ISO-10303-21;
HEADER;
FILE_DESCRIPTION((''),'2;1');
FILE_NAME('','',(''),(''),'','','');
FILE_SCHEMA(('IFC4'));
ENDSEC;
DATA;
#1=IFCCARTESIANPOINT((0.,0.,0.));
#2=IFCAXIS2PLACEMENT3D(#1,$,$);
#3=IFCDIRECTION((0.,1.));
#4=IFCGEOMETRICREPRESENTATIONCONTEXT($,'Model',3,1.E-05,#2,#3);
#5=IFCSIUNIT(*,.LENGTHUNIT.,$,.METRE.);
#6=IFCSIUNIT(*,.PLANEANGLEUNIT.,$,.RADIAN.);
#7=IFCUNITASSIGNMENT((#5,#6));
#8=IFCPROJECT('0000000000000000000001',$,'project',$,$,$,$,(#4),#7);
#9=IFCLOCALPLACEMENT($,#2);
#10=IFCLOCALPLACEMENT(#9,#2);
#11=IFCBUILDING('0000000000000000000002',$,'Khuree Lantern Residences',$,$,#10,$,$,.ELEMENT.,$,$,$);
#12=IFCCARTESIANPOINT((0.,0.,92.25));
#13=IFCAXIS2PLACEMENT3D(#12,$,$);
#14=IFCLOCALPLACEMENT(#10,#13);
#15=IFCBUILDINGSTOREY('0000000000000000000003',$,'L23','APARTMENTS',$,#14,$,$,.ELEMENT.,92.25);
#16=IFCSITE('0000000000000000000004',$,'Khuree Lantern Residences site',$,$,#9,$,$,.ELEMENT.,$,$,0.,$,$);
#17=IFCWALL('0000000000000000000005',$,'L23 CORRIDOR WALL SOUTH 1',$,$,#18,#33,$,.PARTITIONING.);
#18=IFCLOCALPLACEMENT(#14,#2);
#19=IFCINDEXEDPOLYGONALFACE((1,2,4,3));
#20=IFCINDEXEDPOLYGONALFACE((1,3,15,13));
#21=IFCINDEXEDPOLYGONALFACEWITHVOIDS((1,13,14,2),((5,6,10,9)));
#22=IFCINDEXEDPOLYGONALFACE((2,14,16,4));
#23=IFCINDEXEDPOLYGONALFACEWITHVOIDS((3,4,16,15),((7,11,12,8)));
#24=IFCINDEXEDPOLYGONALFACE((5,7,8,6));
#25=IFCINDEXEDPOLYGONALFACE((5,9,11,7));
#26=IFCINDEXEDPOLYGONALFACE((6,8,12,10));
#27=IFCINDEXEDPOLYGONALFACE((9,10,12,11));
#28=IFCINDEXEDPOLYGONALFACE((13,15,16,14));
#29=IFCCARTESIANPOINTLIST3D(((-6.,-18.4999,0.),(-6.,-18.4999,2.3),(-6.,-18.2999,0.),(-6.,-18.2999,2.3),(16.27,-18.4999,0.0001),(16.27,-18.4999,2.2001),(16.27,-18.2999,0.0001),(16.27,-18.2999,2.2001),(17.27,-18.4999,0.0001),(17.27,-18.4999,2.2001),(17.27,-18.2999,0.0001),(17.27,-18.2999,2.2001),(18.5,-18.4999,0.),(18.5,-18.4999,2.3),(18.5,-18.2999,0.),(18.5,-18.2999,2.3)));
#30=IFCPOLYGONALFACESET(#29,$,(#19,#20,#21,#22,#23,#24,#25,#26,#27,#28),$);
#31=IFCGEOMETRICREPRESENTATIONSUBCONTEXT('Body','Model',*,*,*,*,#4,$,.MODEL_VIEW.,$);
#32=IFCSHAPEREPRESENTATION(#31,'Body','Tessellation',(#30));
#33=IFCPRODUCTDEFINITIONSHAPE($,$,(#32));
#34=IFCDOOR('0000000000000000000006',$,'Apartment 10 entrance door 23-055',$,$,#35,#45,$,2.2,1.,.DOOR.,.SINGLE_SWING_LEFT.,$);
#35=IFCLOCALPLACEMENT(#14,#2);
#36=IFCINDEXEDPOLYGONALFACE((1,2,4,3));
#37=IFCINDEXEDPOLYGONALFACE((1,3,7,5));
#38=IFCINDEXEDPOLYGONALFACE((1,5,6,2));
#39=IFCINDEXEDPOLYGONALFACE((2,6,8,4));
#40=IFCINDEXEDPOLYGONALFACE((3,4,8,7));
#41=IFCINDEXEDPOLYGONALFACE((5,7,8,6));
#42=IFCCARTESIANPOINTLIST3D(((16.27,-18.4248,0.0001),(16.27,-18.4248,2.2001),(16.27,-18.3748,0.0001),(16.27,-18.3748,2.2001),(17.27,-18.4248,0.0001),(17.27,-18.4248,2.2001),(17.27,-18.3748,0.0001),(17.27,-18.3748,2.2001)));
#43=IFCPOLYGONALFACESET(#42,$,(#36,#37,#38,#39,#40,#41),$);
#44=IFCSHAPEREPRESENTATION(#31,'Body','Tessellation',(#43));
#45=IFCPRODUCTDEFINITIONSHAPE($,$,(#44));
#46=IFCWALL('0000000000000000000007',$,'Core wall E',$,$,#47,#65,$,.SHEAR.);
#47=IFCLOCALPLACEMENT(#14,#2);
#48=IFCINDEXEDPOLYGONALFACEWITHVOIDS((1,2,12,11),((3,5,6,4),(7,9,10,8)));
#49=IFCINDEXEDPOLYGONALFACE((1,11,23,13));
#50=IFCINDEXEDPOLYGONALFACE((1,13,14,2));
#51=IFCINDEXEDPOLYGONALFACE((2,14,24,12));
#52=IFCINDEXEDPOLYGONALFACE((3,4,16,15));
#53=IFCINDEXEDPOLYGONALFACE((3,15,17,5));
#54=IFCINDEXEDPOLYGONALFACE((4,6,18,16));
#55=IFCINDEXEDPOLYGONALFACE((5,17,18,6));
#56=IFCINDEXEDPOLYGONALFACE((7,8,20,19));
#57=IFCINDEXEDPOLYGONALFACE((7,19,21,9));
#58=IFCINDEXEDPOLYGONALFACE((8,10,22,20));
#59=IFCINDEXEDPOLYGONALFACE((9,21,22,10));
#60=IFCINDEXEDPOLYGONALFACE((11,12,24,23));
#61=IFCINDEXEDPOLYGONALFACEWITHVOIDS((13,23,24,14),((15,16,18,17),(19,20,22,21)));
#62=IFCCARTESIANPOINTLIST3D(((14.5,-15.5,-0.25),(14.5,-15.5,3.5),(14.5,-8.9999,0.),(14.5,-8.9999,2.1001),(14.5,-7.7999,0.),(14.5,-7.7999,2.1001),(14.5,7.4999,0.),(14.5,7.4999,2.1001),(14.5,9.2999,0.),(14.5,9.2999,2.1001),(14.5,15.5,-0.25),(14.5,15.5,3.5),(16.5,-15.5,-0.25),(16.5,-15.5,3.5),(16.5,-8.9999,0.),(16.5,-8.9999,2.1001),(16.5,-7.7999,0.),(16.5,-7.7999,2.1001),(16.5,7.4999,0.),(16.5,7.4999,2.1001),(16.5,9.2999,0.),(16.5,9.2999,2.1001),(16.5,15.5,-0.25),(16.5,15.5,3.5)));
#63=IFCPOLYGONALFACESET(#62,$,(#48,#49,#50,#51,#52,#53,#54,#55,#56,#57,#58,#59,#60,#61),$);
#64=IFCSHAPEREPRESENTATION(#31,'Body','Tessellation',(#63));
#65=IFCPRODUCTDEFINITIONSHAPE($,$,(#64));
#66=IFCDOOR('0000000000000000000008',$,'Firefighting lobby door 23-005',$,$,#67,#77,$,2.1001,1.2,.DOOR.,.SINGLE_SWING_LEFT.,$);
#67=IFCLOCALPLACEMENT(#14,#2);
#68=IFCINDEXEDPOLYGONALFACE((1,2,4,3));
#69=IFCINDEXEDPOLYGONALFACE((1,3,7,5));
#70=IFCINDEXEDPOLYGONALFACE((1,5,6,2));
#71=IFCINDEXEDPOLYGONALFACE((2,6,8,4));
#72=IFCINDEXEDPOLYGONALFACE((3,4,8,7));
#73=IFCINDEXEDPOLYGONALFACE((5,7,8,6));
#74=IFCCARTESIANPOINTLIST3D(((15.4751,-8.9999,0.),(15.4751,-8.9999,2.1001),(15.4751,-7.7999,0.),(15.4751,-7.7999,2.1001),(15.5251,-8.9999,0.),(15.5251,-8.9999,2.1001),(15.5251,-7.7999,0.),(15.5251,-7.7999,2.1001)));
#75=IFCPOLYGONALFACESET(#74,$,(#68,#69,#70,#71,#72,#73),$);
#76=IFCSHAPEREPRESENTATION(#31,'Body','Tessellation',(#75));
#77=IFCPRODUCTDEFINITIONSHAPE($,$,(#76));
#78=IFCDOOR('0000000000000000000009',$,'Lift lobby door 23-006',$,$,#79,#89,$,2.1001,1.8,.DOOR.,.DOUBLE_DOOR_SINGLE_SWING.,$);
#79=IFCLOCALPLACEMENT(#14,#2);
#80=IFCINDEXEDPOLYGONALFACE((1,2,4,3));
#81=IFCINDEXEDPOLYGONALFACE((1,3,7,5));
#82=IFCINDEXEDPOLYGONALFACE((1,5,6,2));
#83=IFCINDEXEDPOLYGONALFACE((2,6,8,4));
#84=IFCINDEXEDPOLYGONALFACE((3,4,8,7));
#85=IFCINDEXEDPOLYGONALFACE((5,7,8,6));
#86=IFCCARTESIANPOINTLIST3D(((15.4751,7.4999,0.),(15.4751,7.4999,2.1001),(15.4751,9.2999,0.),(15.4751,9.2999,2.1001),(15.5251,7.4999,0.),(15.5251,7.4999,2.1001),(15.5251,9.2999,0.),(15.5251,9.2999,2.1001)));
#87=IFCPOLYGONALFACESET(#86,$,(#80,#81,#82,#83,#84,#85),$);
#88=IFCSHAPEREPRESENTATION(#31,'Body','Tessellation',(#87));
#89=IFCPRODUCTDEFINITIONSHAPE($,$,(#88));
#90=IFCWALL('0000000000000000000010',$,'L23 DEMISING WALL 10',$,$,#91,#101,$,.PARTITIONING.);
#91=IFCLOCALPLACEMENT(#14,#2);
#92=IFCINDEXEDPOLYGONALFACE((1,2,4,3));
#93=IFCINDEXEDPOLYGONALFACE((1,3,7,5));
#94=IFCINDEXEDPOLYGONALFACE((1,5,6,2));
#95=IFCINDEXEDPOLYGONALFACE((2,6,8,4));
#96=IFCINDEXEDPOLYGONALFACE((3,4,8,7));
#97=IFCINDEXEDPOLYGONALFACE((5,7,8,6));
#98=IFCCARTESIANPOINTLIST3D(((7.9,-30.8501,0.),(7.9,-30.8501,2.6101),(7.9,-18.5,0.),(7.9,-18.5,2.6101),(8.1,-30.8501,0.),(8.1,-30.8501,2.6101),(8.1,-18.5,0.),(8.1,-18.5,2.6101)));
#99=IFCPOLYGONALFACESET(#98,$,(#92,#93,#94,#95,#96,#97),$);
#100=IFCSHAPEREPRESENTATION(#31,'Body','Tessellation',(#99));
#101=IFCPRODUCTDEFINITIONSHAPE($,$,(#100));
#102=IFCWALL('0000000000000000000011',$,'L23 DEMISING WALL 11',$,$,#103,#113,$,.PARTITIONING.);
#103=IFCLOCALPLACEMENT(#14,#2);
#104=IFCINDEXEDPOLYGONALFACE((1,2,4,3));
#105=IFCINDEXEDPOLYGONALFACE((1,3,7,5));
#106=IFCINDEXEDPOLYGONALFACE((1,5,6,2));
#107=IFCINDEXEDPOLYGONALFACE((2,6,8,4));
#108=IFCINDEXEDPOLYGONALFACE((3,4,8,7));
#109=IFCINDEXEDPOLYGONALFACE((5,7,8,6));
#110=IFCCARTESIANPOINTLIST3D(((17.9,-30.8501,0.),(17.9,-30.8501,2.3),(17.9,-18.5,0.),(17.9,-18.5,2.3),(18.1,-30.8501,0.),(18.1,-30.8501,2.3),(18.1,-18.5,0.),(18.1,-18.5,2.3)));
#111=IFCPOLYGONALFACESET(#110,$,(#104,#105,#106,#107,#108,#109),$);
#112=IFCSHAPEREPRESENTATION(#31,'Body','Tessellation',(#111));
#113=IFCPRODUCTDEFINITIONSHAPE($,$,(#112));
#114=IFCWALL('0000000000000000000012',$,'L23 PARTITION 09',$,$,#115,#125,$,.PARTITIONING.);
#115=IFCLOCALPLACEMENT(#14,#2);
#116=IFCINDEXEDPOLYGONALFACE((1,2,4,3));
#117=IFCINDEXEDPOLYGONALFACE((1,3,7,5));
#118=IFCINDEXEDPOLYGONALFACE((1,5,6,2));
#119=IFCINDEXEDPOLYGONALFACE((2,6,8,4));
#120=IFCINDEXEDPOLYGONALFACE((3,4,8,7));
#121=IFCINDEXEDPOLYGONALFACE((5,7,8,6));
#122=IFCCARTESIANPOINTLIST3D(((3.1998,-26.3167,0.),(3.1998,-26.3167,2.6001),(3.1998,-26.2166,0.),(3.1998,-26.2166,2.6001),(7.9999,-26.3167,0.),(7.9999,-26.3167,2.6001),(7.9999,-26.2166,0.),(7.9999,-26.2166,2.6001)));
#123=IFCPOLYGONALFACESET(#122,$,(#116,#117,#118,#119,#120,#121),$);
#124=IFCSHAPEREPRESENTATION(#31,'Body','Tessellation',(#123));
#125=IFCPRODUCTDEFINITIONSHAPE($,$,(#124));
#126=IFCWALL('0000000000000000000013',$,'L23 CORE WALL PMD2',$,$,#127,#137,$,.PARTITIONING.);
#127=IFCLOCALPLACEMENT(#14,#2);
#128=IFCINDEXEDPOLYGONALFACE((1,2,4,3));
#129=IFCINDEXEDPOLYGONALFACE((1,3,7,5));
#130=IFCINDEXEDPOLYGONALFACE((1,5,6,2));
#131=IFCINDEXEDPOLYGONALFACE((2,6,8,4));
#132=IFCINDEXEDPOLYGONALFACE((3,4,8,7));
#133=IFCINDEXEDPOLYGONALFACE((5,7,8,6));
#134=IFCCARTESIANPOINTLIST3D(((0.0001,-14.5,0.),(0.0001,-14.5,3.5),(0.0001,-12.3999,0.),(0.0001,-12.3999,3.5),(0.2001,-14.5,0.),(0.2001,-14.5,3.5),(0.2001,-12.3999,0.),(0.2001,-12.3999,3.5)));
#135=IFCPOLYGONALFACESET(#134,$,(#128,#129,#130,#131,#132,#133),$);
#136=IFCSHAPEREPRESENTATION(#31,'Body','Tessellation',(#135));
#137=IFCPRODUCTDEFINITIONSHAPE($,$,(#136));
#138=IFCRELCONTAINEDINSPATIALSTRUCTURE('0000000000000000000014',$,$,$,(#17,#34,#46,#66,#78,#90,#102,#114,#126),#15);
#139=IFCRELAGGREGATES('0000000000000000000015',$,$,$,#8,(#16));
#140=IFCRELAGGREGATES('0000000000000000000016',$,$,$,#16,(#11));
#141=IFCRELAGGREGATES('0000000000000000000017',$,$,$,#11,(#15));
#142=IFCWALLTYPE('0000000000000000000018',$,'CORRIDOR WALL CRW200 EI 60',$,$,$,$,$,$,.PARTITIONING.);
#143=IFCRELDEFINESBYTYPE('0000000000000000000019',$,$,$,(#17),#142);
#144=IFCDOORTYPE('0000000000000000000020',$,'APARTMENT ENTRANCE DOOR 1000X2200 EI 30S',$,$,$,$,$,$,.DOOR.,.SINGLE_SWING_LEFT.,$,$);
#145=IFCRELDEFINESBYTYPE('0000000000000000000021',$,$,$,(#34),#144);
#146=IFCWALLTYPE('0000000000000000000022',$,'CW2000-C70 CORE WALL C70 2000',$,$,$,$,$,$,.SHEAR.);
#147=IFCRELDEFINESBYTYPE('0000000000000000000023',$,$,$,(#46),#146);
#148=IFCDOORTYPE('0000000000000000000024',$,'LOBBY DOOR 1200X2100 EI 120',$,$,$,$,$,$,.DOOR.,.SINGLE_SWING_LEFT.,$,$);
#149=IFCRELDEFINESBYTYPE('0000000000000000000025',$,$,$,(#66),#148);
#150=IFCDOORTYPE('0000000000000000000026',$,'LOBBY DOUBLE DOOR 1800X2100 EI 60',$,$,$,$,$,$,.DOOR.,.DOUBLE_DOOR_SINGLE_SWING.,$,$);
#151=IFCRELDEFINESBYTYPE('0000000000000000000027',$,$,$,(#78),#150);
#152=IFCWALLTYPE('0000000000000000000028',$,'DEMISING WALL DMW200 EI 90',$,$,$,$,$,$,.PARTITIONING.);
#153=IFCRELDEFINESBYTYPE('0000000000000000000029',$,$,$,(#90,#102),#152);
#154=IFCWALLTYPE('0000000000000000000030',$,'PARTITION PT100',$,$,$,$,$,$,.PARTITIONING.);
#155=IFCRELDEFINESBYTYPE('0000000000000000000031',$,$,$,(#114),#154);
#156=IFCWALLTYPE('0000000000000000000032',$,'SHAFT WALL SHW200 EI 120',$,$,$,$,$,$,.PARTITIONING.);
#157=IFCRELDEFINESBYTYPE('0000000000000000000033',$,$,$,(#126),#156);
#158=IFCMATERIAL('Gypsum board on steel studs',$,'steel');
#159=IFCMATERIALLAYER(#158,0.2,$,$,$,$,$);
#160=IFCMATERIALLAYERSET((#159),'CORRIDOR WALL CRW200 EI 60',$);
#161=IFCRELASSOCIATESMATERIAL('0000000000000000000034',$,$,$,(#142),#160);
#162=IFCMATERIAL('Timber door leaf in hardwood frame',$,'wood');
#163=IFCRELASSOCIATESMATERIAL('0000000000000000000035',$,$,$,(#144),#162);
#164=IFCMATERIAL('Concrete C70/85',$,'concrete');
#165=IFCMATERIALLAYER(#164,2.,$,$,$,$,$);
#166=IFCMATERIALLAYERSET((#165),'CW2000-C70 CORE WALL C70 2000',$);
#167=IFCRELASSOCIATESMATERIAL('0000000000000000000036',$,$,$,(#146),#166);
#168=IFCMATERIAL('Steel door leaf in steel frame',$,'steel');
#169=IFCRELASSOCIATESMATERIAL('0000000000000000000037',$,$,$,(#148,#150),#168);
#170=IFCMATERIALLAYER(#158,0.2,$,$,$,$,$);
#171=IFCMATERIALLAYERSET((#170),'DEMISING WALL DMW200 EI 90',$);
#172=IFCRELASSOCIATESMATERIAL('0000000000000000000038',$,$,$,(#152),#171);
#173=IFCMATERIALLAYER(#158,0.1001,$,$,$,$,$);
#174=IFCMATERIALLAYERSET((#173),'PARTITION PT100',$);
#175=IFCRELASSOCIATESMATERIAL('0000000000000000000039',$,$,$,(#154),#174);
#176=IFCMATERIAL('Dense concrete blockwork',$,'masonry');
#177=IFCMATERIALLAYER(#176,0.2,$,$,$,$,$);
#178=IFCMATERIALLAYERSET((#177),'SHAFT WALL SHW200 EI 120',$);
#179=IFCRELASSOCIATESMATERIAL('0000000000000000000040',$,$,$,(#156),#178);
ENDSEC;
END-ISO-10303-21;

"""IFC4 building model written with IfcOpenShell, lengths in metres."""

from ifc_helpers import new_model, si_unit, direction, frame, frame_2d, origin, place, context, subcontext, project, spatial, rectangle, extrude, material, layer, layer_set, type_object, element, fill, save


model = new_model("IFC4")

# Units and contexts
model_context = context("Model", 3, precision=1e-05, world=origin(), true_north=direction((0.0, 1.0)))
body_context = subcontext(model_context, "Body", "Model", "MODEL_VIEW")
ifc_project = project(units=[si_unit("LENGTHUNIT", "METRE"), si_unit("PLANEANGLEUNIT", "RADIAN")], contexts=[model_context])

# Site, building, storey
site_placement = place(None, origin())
site = spatial("IfcSite", under=ifc_project, at=site_placement, Name="Khuree Lantern Residences site", CompositionType="ELEMENT", RefElevation=0.0)
building_placement = place(site_placement, origin())
building = spatial("IfcBuilding", under=site, at=building_placement, Name="Khuree Lantern Residences", CompositionType="ELEMENT")
storey_placement = place(building_placement, frame((0.0, 0.0, 92.25)))
storey = spatial("IfcBuildingStorey", under=building, at=storey_placement, Name="L23", Description="APARTMENTS", CompositionType="ELEMENT", Elevation=92.25)

# Shared definitions
ifc_material_1 = material(Name="Concrete C70/85", Category="concrete")

# Shared definitions
ifc_material_2 = material(Name="Timber door leaf in hardwood frame", Category="wood")

# Shared definitions
ifc_material_3 = material(Name="Gypsum board on steel studs", Category="steel")
ifc_layer_1 = layer(ifc_material_3, 0.2)
ifc_layer_set_1 = layer_set([ifc_layer_1], Name="CORRIDOR WALL CRW200 EI 60")
wall_type_1 = type_object("IfcWallType", Name="CORRIDOR WALL CRW200 EI 60", PredefinedType="PARTITIONING", material=ifc_layer_set_1)
door_type_1 = type_object("IfcDoorType", Name="APARTMENT ENTRANCE DOOR 1000X2200 EI 30S", OperationType="SINGLE_SWING_LEFT", PredefinedType="DOOR", material=ifc_material_2)

# Wall, opening, door
wall_1_placement = place(storey_placement, frame((18.5, -18.3999, 0.0), z_axis=(0.0, 0.0, 1.0), x_axis=(-1.0, 0.0, 0.0)))
wall_1 = element("IfcWall", 1, at=wall_1_placement, inside=storey, type_object=wall_type_1, Name="L23 CORRIDOR WALL SOUTH 1", PredefinedType="PARTITIONING", context=body_context, shape_type="SweptSolid", body=[
    extrude(rectangle(XDim=24.5, YDim=0.2, at=frame_2d((12.25, 0.0))), origin(), (0.0, 0.0, 1.0), 2.3),
])
opening_1_placement = place(wall_1_placement, frame((1.23, 0.0, 0.0)))
opening_1 = element("IfcOpeningElement", 2, at=opening_1_placement, cuts=wall_1, PredefinedType="OPENING", context=body_context, shape_type="SweptSolid", body=[
    extrude(rectangle(XDim=1.0, YDim=2.2, at=frame_2d((0.5, 1.1001))), frame((0.0, 0.1099, 0.0), z_axis=(0.0, -1.0, 0.0), x_axis=(1.0, 0.0, 0.0)), (0.0, 0.0, 1.0), 0.22),
])
door_1_placement = place(opening_1_placement, origin())
door_1 = element("IfcDoor", 3, at=door_1_placement, inside=storey, type_object=door_type_1, Name="Apartment 10 entrance door 23-055", OperationType="SINGLE_SWING_LEFT", OverallHeight=2.2, OverallWidth=1.0, PredefinedType="DOOR", context=body_context, shape_type="SweptSolid", body=[
    extrude(rectangle(XDim=1.0, YDim=2.2, at=frame_2d((0.5, 1.1001))), frame((0.0, 0.0249, 0.0), z_axis=(0.0, -1.0, 0.0), x_axis=(1.0, 0.0, 0.0)), (0.0, 0.0, 1.0), 0.05),
])
fill(opening_1, door_1)

# Wall, openings, doors
ifc_layer_2 = layer(ifc_material_1, 2.0)
ifc_layer_set_2 = layer_set([ifc_layer_2], Name="CW2000-C70 CORE WALL C70 2000")
wall_type_2 = type_object("IfcWallType", Name="CW2000-C70 CORE WALL C70 2000", PredefinedType="SHEAR", material=ifc_layer_set_2)
wall_2_placement = place(storey_placement, frame((15.5, -15.5, -0.25), z_axis=(0.0, 0.0, 1.0), x_axis=(0.0, 1.0, 0.0)))
wall_2 = element("IfcWall", 4, at=wall_2_placement, inside=storey, type_object=wall_type_2, Name="Core wall E", PredefinedType="SHEAR", context=body_context, shape_type="SweptSolid", body=[
    extrude(rectangle(XDim=31.0, YDim=2.0, at=frame_2d((15.5, 0.0))), origin(), (0.0, 0.0, 1.0), 3.75),
])
opening_2_placement = place(wall_2_placement, frame((6.5, 0.0, 0.25)))
opening_2 = element("IfcOpeningElement", 5, at=opening_2_placement, cuts=wall_2, PredefinedType="OPENING", context=body_context, shape_type="SweptSolid", body=[
    extrude(rectangle(XDim=1.2, YDim=2.1001, at=frame_2d((0.6001, 1.05))), frame((0.0, 1.01, 0.0), z_axis=(0.0, -1.0, 0.0), x_axis=(1.0, 0.0, 0.0)), (0.0, 0.0, 1.0), 2.02),
])
opening_3_placement = place(wall_2_placement, frame((23.0, 0.0, 0.25)))
opening_3 = element("IfcOpeningElement", 6, at=opening_3_placement, cuts=wall_2, PredefinedType="OPENING", context=body_context, shape_type="SweptSolid", body=[
    extrude(rectangle(XDim=1.8, YDim=2.1001, at=frame_2d((0.8999, 1.05))), frame((0.0, 1.01, 0.0), z_axis=(0.0, -1.0, 0.0), x_axis=(1.0, 0.0, 0.0)), (0.0, 0.0, 1.0), 2.02),
])
ifc_material_4 = material(Name="Steel door leaf in steel frame", Category="steel")
door_type_2 = type_object("IfcDoorType", Name="LOBBY DOOR 1200X2100 EI 120", OperationType="SINGLE_SWING_LEFT", PredefinedType="DOOR", material=ifc_material_4)
door_2_placement = place(opening_2_placement, origin())
door_2 = element("IfcDoor", 7, at=door_2_placement, inside=storey, type_object=door_type_2, Name="Firefighting lobby door 23-005", OperationType="SINGLE_SWING_LEFT", OverallHeight=2.1001, OverallWidth=1.2, PredefinedType="DOOR", context=body_context, shape_type="SweptSolid", body=[
    extrude(rectangle(XDim=1.2, YDim=2.1001, at=frame_2d((0.6001, 1.05))), frame((0.0, 0.0249, 0.0), z_axis=(0.0, -1.0, 0.0), x_axis=(1.0, 0.0, 0.0)), (0.0, 0.0, 1.0), 0.05),
])
fill(opening_2, door_2)
door_type_3 = type_object("IfcDoorType", Name="LOBBY DOUBLE DOOR 1800X2100 EI 60", OperationType="DOUBLE_DOOR_SINGLE_SWING", PredefinedType="DOOR", material=ifc_material_4)
door_3_placement = place(opening_3_placement, origin())
door_3 = element("IfcDoor", 8, at=door_3_placement, inside=storey, type_object=door_type_3, Name="Lift lobby door 23-006", OperationType="DOUBLE_DOOR_SINGLE_SWING", OverallHeight=2.1001, OverallWidth=1.8, PredefinedType="DOOR", context=body_context, shape_type="SweptSolid", body=[
    extrude(rectangle(XDim=1.8, YDim=2.1001, at=frame_2d((0.8999, 1.05))), frame((0.0, 0.0249, 0.0), z_axis=(0.0, -1.0, 0.0), x_axis=(1.0, 0.0, 0.0)), (0.0, 0.0, 1.0), 0.05),
])
fill(opening_3, door_3)

# Walls
ifc_layer_3 = layer(ifc_material_3, 0.2)
ifc_layer_set_3 = layer_set([ifc_layer_3], Name="DEMISING WALL DMW200 EI 90")
wall_type_3 = type_object("IfcWallType", Name="DEMISING WALL DMW200 EI 90", PredefinedType="PARTITIONING", material=ifc_layer_set_3)
wall_3_placement = place(storey_placement, frame((8.0, -18.5, 0.0), z_axis=(0.0, 0.0, 1.0), x_axis=(0.0, -1.0, 0.0)))
element("IfcWall", 9, at=wall_3_placement, inside=storey, type_object=wall_type_3, Name="L23 DEMISING WALL 10", PredefinedType="PARTITIONING", context=body_context, shape_type="SweptSolid", body=[
    extrude(rectangle(XDim=12.3501, YDim=0.2, at=frame_2d((6.175, 0.0))), origin(), (0.0, 0.0, 1.0), 2.6101),
])
wall_4_placement = place(storey_placement, frame((18.0, -18.5, 0.0), z_axis=(0.0, 0.0, 1.0), x_axis=(0.0, -1.0, 0.0)))
element("IfcWall", 10, at=wall_4_placement, inside=storey, type_object=wall_type_3, Name="L23 DEMISING WALL 11", PredefinedType="PARTITIONING", context=body_context, shape_type="SweptSolid", body=[
    extrude(rectangle(XDim=12.3501, YDim=0.2, at=frame_2d((6.175, 0.0))), origin(), (0.0, 0.0, 1.0), 2.3),
])
ifc_layer_4 = layer(ifc_material_3, 0.1001)
ifc_layer_set_4 = layer_set([ifc_layer_4], Name="PARTITION PT100")
wall_type_4 = type_object("IfcWallType", Name="PARTITION PT100", PredefinedType="PARTITIONING", material=ifc_layer_set_4)
wall_5_placement = place(storey_placement, frame((3.2, -26.2666, 0.0), z_axis=(0.0, 0.0, 1.0), x_axis=(1.0, 0.0, 0.0)))
element("IfcWall", 11, at=wall_5_placement, inside=storey, type_object=wall_type_4, Name="L23 PARTITION 09", PredefinedType="PARTITIONING", context=body_context, shape_type="SweptSolid", body=[
    extrude(rectangle(XDim=4.8, YDim=0.1001, at=frame_2d((2.3999, 0.0))), origin(), (0.0, 0.0, 1.0), 2.6001),
])
ifc_material_5 = material(Name="Dense concrete blockwork", Category="masonry")
ifc_layer_5 = layer(ifc_material_5, 0.2)
ifc_layer_set_5 = layer_set([ifc_layer_5], Name="SHAFT WALL SHW200 EI 120")
wall_type_5 = type_object("IfcWallType", Name="SHAFT WALL SHW200 EI 120", PredefinedType="PARTITIONING", material=ifc_layer_set_5)
wall_6_placement = place(storey_placement, frame((0.1001, -14.5, 0.0), z_axis=(0.0, 0.0, 1.0), x_axis=(0.0, 1.0, 0.0)))
element("IfcWall", 12, at=wall_6_placement, inside=storey, type_object=wall_type_5, Name="L23 CORE WALL PMD2", PredefinedType="PARTITIONING", context=body_context, shape_type="SweptSolid", body=[
    extrude(rectangle(XDim=2.1001, YDim=0.2, at=frame_2d((1.05, 0.0))), origin(), (0.0, 0.0, 1.0), 3.5),
])

save(model, "model.ifc")
